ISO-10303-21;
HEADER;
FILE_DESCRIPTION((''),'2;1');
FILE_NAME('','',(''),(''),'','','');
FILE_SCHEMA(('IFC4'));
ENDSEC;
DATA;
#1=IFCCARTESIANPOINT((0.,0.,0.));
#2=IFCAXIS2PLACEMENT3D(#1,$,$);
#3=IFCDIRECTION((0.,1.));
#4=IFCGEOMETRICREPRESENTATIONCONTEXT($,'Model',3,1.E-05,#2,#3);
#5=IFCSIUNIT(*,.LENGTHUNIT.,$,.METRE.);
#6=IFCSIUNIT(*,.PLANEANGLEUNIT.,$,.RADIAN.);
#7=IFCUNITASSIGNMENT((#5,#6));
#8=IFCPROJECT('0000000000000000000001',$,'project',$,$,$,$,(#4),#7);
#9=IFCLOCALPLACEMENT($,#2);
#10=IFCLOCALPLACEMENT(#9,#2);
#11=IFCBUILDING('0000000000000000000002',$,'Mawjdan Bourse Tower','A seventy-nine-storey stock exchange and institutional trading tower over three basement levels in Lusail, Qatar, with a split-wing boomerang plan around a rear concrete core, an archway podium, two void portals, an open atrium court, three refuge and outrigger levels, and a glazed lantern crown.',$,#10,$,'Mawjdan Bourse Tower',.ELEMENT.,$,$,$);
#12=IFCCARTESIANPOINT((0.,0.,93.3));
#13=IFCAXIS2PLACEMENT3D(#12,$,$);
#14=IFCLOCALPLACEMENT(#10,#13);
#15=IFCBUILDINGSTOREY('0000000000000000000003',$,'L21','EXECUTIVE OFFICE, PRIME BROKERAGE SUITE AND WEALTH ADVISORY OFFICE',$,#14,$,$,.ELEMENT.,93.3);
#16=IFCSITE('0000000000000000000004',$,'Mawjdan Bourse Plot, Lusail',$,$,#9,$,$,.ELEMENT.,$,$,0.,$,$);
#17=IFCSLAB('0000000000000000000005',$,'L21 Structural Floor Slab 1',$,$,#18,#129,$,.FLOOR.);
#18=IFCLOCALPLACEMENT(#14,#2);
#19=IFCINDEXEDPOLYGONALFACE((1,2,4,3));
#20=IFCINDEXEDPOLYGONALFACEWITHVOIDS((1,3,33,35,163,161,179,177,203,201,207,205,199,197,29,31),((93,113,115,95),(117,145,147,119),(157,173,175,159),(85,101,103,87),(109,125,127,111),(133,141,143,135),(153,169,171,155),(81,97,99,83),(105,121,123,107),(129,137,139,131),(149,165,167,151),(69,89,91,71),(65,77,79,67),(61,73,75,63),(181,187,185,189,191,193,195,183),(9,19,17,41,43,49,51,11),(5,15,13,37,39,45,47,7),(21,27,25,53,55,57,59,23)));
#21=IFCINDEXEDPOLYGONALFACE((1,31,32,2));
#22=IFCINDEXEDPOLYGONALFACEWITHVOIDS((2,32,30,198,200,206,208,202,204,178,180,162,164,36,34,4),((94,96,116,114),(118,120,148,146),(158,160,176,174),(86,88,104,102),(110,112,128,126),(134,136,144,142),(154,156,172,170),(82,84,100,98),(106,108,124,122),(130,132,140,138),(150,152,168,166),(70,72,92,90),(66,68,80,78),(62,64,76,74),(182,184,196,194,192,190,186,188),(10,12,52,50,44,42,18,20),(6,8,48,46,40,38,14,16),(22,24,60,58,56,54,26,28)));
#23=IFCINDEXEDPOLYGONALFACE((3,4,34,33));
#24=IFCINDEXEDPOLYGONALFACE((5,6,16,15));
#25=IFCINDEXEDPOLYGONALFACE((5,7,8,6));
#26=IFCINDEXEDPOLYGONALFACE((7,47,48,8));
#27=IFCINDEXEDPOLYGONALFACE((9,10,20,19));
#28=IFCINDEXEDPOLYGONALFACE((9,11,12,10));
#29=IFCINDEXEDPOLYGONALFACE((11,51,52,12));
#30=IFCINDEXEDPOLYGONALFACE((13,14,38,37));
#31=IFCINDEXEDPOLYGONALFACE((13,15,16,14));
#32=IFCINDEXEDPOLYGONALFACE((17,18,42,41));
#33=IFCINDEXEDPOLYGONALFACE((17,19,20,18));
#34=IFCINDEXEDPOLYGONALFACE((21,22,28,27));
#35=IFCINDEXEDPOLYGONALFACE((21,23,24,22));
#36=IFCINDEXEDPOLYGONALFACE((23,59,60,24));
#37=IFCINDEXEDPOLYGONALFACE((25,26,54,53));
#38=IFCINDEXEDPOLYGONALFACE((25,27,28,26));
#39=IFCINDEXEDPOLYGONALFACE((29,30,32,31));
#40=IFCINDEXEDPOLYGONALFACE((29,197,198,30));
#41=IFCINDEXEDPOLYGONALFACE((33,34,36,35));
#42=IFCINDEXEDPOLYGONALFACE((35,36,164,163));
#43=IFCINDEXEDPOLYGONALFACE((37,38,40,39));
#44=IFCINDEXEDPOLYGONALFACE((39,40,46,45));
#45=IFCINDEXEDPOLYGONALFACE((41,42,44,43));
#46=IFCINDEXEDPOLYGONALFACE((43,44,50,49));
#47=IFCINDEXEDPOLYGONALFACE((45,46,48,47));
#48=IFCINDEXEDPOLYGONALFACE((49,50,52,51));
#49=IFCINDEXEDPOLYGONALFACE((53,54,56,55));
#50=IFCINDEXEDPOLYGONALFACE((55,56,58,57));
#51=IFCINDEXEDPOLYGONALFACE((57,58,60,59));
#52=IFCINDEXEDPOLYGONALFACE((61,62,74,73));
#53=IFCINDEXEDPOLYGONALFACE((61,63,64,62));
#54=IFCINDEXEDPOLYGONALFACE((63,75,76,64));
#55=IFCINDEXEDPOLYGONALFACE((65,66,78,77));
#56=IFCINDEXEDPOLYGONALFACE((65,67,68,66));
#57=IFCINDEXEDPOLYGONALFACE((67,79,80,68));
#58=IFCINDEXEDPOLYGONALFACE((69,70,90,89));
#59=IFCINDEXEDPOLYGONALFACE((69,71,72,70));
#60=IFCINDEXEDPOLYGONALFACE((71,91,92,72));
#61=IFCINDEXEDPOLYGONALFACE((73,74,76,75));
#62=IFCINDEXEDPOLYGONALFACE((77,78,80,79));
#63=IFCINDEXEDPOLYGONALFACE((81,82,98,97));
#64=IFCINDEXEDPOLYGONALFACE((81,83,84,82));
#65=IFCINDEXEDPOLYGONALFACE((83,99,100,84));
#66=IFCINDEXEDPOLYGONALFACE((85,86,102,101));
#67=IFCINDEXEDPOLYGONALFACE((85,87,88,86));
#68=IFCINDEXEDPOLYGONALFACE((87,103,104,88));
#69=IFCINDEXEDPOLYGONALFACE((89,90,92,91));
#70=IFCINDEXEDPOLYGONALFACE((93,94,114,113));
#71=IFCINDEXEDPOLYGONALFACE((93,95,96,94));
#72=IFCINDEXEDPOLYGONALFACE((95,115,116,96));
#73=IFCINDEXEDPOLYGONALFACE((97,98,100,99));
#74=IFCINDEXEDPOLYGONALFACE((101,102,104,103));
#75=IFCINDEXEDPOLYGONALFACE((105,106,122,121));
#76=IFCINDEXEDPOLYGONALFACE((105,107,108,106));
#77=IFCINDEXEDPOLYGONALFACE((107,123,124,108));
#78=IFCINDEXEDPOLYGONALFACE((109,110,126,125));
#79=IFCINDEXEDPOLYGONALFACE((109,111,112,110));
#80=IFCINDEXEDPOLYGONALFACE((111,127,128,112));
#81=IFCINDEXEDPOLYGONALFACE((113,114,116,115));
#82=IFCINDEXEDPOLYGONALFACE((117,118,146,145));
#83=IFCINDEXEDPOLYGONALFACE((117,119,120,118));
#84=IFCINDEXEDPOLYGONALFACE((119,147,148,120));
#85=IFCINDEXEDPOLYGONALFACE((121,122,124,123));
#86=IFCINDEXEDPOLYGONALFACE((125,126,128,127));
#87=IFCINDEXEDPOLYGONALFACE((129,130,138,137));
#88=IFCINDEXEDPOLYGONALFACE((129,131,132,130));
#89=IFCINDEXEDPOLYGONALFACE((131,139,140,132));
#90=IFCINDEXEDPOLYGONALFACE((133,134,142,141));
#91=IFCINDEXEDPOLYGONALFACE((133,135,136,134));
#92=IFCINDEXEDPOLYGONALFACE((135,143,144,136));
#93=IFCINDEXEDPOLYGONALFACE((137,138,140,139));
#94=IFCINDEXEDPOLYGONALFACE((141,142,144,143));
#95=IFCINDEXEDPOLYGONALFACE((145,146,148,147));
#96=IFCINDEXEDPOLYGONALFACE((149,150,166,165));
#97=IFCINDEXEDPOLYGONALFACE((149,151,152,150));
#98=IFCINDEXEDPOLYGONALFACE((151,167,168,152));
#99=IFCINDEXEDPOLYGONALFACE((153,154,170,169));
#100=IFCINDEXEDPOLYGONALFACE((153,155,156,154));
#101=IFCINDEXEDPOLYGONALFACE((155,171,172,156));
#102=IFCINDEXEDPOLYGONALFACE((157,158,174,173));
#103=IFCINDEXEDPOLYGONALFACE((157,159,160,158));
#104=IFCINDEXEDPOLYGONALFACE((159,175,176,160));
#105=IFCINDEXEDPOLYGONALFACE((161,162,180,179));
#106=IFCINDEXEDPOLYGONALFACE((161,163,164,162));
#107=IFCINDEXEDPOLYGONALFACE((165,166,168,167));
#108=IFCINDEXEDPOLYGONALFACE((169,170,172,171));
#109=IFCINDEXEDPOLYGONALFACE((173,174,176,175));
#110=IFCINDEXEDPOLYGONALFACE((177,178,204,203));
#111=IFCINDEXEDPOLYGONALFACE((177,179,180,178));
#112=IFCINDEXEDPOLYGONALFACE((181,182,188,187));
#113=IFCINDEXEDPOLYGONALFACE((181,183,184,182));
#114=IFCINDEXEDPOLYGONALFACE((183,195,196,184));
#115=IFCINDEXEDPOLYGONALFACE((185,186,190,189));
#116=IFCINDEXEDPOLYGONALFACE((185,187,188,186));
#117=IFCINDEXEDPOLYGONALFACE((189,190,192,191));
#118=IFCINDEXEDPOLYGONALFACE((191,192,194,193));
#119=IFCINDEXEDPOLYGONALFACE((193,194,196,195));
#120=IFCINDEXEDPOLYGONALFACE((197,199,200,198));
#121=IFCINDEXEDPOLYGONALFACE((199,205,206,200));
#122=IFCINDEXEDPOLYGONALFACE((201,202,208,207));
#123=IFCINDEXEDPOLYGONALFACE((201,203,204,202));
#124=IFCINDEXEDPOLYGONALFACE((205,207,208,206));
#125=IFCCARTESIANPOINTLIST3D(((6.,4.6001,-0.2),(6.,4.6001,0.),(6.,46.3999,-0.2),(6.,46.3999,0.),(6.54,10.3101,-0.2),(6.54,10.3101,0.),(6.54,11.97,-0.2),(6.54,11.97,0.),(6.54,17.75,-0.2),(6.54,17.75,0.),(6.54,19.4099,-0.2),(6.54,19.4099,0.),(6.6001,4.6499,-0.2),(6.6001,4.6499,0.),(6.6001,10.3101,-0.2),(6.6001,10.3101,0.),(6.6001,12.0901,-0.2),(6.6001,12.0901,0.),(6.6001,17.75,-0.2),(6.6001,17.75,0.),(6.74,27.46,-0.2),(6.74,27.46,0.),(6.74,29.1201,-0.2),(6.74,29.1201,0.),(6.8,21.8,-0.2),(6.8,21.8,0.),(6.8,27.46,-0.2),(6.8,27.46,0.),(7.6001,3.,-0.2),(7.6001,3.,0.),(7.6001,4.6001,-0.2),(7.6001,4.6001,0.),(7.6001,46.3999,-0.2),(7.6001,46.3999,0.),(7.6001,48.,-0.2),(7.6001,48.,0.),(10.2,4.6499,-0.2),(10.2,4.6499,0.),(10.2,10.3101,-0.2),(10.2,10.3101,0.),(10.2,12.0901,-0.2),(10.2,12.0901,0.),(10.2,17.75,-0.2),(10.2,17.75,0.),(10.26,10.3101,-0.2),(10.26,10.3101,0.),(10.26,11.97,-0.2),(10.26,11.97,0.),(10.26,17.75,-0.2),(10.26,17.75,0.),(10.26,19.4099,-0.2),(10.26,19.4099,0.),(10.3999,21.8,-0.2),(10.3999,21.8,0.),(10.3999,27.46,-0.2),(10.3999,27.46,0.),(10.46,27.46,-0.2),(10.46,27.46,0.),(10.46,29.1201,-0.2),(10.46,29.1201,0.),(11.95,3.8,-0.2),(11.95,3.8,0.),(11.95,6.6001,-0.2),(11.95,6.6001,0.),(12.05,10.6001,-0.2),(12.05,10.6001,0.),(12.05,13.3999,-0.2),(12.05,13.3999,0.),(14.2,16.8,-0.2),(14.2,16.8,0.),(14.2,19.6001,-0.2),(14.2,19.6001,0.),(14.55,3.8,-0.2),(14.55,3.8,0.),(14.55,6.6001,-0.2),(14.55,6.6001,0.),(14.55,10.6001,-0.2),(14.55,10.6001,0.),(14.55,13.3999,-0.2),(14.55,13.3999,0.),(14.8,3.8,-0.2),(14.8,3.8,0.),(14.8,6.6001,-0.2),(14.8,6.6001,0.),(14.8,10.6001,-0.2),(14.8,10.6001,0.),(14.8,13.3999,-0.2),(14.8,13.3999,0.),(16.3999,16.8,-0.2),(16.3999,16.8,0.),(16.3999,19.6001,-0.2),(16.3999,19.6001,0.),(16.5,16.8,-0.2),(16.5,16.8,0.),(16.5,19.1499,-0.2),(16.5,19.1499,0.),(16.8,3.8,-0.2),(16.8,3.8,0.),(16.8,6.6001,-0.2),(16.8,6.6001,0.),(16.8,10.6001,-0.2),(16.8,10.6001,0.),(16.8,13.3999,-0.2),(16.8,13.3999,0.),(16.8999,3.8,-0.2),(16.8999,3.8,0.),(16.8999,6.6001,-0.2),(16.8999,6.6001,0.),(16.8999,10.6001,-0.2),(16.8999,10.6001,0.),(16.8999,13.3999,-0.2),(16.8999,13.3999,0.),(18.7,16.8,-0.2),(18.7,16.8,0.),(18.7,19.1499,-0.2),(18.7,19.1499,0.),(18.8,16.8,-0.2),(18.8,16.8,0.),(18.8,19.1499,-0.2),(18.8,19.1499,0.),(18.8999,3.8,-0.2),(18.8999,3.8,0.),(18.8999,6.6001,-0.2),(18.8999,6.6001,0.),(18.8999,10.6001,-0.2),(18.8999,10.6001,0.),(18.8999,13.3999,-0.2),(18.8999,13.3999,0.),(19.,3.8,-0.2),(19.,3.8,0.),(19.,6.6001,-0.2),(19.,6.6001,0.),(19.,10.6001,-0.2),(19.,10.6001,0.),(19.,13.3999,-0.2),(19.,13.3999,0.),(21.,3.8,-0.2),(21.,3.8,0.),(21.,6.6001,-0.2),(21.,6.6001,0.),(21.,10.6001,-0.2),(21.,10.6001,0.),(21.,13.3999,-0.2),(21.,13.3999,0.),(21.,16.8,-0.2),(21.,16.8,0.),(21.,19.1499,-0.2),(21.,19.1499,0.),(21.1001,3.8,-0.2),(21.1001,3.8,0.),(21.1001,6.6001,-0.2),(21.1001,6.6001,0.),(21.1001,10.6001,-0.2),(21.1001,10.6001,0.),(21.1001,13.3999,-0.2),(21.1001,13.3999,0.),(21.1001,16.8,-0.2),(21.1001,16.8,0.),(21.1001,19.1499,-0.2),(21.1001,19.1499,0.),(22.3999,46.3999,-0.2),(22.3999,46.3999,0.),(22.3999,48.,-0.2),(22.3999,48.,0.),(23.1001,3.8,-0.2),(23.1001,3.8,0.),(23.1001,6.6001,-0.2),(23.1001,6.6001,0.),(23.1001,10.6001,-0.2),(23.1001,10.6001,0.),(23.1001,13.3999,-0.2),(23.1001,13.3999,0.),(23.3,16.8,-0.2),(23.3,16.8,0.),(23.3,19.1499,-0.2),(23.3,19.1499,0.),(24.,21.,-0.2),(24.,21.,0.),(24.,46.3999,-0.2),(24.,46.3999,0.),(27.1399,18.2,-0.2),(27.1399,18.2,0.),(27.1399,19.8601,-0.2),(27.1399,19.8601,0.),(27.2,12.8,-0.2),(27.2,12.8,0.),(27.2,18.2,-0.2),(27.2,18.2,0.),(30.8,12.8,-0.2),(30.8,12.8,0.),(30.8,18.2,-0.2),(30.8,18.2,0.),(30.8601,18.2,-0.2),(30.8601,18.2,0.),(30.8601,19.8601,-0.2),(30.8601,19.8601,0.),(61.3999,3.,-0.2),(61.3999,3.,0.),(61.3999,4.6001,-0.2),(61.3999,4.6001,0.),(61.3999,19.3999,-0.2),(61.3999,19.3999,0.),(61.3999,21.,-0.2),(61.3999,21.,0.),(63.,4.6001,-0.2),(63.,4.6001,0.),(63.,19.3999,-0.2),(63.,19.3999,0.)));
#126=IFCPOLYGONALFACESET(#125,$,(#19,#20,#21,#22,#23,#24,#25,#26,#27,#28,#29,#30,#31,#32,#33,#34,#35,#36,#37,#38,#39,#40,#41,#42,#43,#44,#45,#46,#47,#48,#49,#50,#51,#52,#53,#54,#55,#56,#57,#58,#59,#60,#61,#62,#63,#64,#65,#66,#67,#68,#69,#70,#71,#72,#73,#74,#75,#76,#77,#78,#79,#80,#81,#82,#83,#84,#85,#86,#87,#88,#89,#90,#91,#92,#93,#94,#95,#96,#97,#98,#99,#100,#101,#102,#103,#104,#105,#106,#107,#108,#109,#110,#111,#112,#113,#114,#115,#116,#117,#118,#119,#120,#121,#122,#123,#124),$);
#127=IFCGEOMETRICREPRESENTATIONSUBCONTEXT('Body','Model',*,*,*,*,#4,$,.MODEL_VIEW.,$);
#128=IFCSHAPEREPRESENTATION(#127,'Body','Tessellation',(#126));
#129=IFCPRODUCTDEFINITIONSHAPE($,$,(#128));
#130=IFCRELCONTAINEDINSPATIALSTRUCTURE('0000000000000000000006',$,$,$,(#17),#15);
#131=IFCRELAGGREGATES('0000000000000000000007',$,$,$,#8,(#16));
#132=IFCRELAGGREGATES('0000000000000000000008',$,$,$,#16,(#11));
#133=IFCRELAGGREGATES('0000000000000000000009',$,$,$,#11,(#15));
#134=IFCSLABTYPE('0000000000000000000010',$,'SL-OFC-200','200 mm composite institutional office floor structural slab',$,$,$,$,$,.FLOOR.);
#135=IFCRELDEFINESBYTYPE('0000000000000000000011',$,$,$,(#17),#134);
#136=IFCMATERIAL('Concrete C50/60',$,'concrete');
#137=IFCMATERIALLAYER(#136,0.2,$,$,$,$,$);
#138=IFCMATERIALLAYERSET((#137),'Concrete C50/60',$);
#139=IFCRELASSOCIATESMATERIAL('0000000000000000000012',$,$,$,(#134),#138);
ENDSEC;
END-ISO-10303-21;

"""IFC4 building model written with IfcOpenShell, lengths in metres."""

from ifc_helpers import new_model, si_unit, direction, frame, origin, place, context, subcontext, project, spatial, polyline, outline, extrude, material, layer, layer_set, type_object, element, save


model = new_model("IFC4")

# Units and contexts
model_context = context("Model", 3, precision=1e-05, world=origin(), true_north=direction((0.0, 1.0)))
body_context = subcontext(model_context, "Body", "Model", "MODEL_VIEW")
ifc_project = project(units=[si_unit("LENGTHUNIT", "METRE"), si_unit("PLANEANGLEUNIT", "RADIAN")], contexts=[model_context])

# Site, building, storey
site_placement = place(None, origin())
site = spatial("IfcSite", under=ifc_project, at=site_placement, Name="Mawjdan Bourse Plot, Lusail", CompositionType="ELEMENT", RefElevation=0.0)
building_placement = place(site_placement, origin())
building = spatial("IfcBuilding", under=site, at=building_placement, Name="Mawjdan Bourse Tower", Description="A seventy-nine-storey stock exchange and institutional trading tower over three basement levels in Lusail, Qatar, with a split-wing boomerang plan around a rear concrete core, an archway podium, two void portals, an open atrium court, three refuge and outrigger levels, and a glazed lantern crown.", LongName="Mawjdan Bourse Tower", CompositionType="ELEMENT")
storey_placement = place(building_placement, frame((0.0, 0.0, 93.3)))
storey = spatial("IfcBuildingStorey", under=building, at=storey_placement, Name="L21", Description="EXECUTIVE OFFICE, PRIME BROKERAGE SUITE AND WEALTH ADVISORY OFFICE", CompositionType="ELEMENT", Elevation=93.3)

# Shared definitions
ifc_material_1 = material(Name="Concrete C50/60", Category="concrete")

# Slab
ifc_layer_1 = layer(ifc_material_1, 0.2)
ifc_layer_set_1 = layer_set([ifc_layer_1], Name="Concrete C50/60")
slab_type_1 = type_object("IfcSlabType", Name="SL-OFC-200", Description="200 mm composite institutional office floor structural slab", PredefinedType="FLOOR", material=ifc_layer_set_1)
slab_1_placement = place(storey_placement, frame((0.0, 0.0, -0.2)))
element("IfcSlab", 1, at=slab_1_placement, inside=storey, type_object=slab_type_1, Name="L21 Structural Floor Slab 1", PredefinedType="FLOOR", context=body_context, shape_type="SweptSolid", body=[
    extrude(outline(polyline([(7.6001, 3.0), (61.3999, 3.0), (61.3999, 4.6001), (63.0, 4.6001), (63.0, 19.3999), (61.3999, 19.3999), (61.3999, 21.0), (24.0, 21.0), (24.0, 46.3999), (22.3999, 46.3999), (22.3999, 48.0), (7.6001, 48.0), (7.6001, 46.3999), (6.0, 46.3999), (6.0, 4.6001), (7.6001, 4.6001), (7.6001, 3.0)]), holes=[polyline([(11.95, 3.8), (11.95, 6.6001), (14.55, 6.6001), (14.55, 3.8), (11.95, 3.8)]), polyline([(14.8, 3.8), (14.8, 6.6001), (16.8, 6.6001), (16.8, 3.8), (14.8, 3.8)]), polyline([(10.26, 11.97), (10.26, 10.3101), (10.2, 10.3101), (10.2, 4.6499), (6.6001, 4.6499), (6.6001, 10.3101), (6.54, 10.3101), (6.54, 11.97), (10.26, 11.97)]), polyline([(12.05, 13.3999), (14.55, 13.3999), (14.55, 10.6001), (12.05, 10.6001), (12.05, 13.3999)]), polyline([(14.8, 10.6001), (14.8, 13.3999), (16.8, 13.3999), (16.8, 10.6001), (14.8, 10.6001)]), polyline([(6.6001, 17.75), (6.54, 17.75), (6.54, 19.4099), (10.26, 19.4099), (10.26, 17.75), (10.2, 17.75), (10.2, 12.0901), (6.6001, 12.0901), (6.6001, 17.75)]), polyline([(14.2, 19.6001), (16.3999, 19.6001), (16.3999, 16.8), (14.2, 16.8), (14.2, 19.6001)]), polyline([(10.46, 27.46), (10.3999, 27.46), (10.3999, 21.8), (6.8, 21.8), (6.8, 27.46), (6.74, 27.46), (6.74, 29.1201), (10.46, 29.1201), (10.46, 27.46)]), polyline([(16.8999, 3.8), (16.8999, 6.6001), (18.8999, 6.6001), (18.8999, 3.8), (16.8999, 3.8)]), polyline([(19.0, 3.8), (19.0, 6.6001), (21.0, 6.6001), (21.0, 3.8), (19.0, 3.8)]), polyline([(21.1001, 3.8), (21.1001, 6.6001), (23.1001, 6.6001), (23.1001, 3.8), (21.1001, 3.8)]), polyline([(16.8999, 13.3999), (18.8999, 13.3999), (18.8999, 10.6001), (16.8999, 10.6001), (16.8999, 13.3999)]), polyline([(19.0, 13.3999), (21.0, 13.3999), (21.0, 10.6001), (19.0, 10.6001), (19.0, 13.3999)]), polyline([(21.1001, 10.6001), (21.1001, 13.3999), (23.1001, 13.3999), (23.1001, 10.6001), (21.1001, 10.6001)]), polyline([(27.2, 18.2), (27.1399, 18.2), (27.1399, 19.8601), (30.8601, 19.8601), (30.8601, 18.2), (30.8, 18.2), (30.8, 12.8), (27.2, 12.8), (27.2, 18.2)]), polyline([(16.5, 19.1499), (18.7, 19.1499), (18.7, 16.8), (16.5, 16.8), (16.5, 19.1499)]), polyline([(18.8, 16.8), (18.8, 19.1499), (21.0, 19.1499), (21.0, 16.8), (18.8, 16.8)]), polyline([(21.1001, 19.1499), (23.3, 19.1499), (23.3, 16.8), (21.1001, 16.8), (21.1001, 19.1499)])]), origin(), (0.0, 0.0, 1.0), 0.2),
])

save(model, "model.ifc")
